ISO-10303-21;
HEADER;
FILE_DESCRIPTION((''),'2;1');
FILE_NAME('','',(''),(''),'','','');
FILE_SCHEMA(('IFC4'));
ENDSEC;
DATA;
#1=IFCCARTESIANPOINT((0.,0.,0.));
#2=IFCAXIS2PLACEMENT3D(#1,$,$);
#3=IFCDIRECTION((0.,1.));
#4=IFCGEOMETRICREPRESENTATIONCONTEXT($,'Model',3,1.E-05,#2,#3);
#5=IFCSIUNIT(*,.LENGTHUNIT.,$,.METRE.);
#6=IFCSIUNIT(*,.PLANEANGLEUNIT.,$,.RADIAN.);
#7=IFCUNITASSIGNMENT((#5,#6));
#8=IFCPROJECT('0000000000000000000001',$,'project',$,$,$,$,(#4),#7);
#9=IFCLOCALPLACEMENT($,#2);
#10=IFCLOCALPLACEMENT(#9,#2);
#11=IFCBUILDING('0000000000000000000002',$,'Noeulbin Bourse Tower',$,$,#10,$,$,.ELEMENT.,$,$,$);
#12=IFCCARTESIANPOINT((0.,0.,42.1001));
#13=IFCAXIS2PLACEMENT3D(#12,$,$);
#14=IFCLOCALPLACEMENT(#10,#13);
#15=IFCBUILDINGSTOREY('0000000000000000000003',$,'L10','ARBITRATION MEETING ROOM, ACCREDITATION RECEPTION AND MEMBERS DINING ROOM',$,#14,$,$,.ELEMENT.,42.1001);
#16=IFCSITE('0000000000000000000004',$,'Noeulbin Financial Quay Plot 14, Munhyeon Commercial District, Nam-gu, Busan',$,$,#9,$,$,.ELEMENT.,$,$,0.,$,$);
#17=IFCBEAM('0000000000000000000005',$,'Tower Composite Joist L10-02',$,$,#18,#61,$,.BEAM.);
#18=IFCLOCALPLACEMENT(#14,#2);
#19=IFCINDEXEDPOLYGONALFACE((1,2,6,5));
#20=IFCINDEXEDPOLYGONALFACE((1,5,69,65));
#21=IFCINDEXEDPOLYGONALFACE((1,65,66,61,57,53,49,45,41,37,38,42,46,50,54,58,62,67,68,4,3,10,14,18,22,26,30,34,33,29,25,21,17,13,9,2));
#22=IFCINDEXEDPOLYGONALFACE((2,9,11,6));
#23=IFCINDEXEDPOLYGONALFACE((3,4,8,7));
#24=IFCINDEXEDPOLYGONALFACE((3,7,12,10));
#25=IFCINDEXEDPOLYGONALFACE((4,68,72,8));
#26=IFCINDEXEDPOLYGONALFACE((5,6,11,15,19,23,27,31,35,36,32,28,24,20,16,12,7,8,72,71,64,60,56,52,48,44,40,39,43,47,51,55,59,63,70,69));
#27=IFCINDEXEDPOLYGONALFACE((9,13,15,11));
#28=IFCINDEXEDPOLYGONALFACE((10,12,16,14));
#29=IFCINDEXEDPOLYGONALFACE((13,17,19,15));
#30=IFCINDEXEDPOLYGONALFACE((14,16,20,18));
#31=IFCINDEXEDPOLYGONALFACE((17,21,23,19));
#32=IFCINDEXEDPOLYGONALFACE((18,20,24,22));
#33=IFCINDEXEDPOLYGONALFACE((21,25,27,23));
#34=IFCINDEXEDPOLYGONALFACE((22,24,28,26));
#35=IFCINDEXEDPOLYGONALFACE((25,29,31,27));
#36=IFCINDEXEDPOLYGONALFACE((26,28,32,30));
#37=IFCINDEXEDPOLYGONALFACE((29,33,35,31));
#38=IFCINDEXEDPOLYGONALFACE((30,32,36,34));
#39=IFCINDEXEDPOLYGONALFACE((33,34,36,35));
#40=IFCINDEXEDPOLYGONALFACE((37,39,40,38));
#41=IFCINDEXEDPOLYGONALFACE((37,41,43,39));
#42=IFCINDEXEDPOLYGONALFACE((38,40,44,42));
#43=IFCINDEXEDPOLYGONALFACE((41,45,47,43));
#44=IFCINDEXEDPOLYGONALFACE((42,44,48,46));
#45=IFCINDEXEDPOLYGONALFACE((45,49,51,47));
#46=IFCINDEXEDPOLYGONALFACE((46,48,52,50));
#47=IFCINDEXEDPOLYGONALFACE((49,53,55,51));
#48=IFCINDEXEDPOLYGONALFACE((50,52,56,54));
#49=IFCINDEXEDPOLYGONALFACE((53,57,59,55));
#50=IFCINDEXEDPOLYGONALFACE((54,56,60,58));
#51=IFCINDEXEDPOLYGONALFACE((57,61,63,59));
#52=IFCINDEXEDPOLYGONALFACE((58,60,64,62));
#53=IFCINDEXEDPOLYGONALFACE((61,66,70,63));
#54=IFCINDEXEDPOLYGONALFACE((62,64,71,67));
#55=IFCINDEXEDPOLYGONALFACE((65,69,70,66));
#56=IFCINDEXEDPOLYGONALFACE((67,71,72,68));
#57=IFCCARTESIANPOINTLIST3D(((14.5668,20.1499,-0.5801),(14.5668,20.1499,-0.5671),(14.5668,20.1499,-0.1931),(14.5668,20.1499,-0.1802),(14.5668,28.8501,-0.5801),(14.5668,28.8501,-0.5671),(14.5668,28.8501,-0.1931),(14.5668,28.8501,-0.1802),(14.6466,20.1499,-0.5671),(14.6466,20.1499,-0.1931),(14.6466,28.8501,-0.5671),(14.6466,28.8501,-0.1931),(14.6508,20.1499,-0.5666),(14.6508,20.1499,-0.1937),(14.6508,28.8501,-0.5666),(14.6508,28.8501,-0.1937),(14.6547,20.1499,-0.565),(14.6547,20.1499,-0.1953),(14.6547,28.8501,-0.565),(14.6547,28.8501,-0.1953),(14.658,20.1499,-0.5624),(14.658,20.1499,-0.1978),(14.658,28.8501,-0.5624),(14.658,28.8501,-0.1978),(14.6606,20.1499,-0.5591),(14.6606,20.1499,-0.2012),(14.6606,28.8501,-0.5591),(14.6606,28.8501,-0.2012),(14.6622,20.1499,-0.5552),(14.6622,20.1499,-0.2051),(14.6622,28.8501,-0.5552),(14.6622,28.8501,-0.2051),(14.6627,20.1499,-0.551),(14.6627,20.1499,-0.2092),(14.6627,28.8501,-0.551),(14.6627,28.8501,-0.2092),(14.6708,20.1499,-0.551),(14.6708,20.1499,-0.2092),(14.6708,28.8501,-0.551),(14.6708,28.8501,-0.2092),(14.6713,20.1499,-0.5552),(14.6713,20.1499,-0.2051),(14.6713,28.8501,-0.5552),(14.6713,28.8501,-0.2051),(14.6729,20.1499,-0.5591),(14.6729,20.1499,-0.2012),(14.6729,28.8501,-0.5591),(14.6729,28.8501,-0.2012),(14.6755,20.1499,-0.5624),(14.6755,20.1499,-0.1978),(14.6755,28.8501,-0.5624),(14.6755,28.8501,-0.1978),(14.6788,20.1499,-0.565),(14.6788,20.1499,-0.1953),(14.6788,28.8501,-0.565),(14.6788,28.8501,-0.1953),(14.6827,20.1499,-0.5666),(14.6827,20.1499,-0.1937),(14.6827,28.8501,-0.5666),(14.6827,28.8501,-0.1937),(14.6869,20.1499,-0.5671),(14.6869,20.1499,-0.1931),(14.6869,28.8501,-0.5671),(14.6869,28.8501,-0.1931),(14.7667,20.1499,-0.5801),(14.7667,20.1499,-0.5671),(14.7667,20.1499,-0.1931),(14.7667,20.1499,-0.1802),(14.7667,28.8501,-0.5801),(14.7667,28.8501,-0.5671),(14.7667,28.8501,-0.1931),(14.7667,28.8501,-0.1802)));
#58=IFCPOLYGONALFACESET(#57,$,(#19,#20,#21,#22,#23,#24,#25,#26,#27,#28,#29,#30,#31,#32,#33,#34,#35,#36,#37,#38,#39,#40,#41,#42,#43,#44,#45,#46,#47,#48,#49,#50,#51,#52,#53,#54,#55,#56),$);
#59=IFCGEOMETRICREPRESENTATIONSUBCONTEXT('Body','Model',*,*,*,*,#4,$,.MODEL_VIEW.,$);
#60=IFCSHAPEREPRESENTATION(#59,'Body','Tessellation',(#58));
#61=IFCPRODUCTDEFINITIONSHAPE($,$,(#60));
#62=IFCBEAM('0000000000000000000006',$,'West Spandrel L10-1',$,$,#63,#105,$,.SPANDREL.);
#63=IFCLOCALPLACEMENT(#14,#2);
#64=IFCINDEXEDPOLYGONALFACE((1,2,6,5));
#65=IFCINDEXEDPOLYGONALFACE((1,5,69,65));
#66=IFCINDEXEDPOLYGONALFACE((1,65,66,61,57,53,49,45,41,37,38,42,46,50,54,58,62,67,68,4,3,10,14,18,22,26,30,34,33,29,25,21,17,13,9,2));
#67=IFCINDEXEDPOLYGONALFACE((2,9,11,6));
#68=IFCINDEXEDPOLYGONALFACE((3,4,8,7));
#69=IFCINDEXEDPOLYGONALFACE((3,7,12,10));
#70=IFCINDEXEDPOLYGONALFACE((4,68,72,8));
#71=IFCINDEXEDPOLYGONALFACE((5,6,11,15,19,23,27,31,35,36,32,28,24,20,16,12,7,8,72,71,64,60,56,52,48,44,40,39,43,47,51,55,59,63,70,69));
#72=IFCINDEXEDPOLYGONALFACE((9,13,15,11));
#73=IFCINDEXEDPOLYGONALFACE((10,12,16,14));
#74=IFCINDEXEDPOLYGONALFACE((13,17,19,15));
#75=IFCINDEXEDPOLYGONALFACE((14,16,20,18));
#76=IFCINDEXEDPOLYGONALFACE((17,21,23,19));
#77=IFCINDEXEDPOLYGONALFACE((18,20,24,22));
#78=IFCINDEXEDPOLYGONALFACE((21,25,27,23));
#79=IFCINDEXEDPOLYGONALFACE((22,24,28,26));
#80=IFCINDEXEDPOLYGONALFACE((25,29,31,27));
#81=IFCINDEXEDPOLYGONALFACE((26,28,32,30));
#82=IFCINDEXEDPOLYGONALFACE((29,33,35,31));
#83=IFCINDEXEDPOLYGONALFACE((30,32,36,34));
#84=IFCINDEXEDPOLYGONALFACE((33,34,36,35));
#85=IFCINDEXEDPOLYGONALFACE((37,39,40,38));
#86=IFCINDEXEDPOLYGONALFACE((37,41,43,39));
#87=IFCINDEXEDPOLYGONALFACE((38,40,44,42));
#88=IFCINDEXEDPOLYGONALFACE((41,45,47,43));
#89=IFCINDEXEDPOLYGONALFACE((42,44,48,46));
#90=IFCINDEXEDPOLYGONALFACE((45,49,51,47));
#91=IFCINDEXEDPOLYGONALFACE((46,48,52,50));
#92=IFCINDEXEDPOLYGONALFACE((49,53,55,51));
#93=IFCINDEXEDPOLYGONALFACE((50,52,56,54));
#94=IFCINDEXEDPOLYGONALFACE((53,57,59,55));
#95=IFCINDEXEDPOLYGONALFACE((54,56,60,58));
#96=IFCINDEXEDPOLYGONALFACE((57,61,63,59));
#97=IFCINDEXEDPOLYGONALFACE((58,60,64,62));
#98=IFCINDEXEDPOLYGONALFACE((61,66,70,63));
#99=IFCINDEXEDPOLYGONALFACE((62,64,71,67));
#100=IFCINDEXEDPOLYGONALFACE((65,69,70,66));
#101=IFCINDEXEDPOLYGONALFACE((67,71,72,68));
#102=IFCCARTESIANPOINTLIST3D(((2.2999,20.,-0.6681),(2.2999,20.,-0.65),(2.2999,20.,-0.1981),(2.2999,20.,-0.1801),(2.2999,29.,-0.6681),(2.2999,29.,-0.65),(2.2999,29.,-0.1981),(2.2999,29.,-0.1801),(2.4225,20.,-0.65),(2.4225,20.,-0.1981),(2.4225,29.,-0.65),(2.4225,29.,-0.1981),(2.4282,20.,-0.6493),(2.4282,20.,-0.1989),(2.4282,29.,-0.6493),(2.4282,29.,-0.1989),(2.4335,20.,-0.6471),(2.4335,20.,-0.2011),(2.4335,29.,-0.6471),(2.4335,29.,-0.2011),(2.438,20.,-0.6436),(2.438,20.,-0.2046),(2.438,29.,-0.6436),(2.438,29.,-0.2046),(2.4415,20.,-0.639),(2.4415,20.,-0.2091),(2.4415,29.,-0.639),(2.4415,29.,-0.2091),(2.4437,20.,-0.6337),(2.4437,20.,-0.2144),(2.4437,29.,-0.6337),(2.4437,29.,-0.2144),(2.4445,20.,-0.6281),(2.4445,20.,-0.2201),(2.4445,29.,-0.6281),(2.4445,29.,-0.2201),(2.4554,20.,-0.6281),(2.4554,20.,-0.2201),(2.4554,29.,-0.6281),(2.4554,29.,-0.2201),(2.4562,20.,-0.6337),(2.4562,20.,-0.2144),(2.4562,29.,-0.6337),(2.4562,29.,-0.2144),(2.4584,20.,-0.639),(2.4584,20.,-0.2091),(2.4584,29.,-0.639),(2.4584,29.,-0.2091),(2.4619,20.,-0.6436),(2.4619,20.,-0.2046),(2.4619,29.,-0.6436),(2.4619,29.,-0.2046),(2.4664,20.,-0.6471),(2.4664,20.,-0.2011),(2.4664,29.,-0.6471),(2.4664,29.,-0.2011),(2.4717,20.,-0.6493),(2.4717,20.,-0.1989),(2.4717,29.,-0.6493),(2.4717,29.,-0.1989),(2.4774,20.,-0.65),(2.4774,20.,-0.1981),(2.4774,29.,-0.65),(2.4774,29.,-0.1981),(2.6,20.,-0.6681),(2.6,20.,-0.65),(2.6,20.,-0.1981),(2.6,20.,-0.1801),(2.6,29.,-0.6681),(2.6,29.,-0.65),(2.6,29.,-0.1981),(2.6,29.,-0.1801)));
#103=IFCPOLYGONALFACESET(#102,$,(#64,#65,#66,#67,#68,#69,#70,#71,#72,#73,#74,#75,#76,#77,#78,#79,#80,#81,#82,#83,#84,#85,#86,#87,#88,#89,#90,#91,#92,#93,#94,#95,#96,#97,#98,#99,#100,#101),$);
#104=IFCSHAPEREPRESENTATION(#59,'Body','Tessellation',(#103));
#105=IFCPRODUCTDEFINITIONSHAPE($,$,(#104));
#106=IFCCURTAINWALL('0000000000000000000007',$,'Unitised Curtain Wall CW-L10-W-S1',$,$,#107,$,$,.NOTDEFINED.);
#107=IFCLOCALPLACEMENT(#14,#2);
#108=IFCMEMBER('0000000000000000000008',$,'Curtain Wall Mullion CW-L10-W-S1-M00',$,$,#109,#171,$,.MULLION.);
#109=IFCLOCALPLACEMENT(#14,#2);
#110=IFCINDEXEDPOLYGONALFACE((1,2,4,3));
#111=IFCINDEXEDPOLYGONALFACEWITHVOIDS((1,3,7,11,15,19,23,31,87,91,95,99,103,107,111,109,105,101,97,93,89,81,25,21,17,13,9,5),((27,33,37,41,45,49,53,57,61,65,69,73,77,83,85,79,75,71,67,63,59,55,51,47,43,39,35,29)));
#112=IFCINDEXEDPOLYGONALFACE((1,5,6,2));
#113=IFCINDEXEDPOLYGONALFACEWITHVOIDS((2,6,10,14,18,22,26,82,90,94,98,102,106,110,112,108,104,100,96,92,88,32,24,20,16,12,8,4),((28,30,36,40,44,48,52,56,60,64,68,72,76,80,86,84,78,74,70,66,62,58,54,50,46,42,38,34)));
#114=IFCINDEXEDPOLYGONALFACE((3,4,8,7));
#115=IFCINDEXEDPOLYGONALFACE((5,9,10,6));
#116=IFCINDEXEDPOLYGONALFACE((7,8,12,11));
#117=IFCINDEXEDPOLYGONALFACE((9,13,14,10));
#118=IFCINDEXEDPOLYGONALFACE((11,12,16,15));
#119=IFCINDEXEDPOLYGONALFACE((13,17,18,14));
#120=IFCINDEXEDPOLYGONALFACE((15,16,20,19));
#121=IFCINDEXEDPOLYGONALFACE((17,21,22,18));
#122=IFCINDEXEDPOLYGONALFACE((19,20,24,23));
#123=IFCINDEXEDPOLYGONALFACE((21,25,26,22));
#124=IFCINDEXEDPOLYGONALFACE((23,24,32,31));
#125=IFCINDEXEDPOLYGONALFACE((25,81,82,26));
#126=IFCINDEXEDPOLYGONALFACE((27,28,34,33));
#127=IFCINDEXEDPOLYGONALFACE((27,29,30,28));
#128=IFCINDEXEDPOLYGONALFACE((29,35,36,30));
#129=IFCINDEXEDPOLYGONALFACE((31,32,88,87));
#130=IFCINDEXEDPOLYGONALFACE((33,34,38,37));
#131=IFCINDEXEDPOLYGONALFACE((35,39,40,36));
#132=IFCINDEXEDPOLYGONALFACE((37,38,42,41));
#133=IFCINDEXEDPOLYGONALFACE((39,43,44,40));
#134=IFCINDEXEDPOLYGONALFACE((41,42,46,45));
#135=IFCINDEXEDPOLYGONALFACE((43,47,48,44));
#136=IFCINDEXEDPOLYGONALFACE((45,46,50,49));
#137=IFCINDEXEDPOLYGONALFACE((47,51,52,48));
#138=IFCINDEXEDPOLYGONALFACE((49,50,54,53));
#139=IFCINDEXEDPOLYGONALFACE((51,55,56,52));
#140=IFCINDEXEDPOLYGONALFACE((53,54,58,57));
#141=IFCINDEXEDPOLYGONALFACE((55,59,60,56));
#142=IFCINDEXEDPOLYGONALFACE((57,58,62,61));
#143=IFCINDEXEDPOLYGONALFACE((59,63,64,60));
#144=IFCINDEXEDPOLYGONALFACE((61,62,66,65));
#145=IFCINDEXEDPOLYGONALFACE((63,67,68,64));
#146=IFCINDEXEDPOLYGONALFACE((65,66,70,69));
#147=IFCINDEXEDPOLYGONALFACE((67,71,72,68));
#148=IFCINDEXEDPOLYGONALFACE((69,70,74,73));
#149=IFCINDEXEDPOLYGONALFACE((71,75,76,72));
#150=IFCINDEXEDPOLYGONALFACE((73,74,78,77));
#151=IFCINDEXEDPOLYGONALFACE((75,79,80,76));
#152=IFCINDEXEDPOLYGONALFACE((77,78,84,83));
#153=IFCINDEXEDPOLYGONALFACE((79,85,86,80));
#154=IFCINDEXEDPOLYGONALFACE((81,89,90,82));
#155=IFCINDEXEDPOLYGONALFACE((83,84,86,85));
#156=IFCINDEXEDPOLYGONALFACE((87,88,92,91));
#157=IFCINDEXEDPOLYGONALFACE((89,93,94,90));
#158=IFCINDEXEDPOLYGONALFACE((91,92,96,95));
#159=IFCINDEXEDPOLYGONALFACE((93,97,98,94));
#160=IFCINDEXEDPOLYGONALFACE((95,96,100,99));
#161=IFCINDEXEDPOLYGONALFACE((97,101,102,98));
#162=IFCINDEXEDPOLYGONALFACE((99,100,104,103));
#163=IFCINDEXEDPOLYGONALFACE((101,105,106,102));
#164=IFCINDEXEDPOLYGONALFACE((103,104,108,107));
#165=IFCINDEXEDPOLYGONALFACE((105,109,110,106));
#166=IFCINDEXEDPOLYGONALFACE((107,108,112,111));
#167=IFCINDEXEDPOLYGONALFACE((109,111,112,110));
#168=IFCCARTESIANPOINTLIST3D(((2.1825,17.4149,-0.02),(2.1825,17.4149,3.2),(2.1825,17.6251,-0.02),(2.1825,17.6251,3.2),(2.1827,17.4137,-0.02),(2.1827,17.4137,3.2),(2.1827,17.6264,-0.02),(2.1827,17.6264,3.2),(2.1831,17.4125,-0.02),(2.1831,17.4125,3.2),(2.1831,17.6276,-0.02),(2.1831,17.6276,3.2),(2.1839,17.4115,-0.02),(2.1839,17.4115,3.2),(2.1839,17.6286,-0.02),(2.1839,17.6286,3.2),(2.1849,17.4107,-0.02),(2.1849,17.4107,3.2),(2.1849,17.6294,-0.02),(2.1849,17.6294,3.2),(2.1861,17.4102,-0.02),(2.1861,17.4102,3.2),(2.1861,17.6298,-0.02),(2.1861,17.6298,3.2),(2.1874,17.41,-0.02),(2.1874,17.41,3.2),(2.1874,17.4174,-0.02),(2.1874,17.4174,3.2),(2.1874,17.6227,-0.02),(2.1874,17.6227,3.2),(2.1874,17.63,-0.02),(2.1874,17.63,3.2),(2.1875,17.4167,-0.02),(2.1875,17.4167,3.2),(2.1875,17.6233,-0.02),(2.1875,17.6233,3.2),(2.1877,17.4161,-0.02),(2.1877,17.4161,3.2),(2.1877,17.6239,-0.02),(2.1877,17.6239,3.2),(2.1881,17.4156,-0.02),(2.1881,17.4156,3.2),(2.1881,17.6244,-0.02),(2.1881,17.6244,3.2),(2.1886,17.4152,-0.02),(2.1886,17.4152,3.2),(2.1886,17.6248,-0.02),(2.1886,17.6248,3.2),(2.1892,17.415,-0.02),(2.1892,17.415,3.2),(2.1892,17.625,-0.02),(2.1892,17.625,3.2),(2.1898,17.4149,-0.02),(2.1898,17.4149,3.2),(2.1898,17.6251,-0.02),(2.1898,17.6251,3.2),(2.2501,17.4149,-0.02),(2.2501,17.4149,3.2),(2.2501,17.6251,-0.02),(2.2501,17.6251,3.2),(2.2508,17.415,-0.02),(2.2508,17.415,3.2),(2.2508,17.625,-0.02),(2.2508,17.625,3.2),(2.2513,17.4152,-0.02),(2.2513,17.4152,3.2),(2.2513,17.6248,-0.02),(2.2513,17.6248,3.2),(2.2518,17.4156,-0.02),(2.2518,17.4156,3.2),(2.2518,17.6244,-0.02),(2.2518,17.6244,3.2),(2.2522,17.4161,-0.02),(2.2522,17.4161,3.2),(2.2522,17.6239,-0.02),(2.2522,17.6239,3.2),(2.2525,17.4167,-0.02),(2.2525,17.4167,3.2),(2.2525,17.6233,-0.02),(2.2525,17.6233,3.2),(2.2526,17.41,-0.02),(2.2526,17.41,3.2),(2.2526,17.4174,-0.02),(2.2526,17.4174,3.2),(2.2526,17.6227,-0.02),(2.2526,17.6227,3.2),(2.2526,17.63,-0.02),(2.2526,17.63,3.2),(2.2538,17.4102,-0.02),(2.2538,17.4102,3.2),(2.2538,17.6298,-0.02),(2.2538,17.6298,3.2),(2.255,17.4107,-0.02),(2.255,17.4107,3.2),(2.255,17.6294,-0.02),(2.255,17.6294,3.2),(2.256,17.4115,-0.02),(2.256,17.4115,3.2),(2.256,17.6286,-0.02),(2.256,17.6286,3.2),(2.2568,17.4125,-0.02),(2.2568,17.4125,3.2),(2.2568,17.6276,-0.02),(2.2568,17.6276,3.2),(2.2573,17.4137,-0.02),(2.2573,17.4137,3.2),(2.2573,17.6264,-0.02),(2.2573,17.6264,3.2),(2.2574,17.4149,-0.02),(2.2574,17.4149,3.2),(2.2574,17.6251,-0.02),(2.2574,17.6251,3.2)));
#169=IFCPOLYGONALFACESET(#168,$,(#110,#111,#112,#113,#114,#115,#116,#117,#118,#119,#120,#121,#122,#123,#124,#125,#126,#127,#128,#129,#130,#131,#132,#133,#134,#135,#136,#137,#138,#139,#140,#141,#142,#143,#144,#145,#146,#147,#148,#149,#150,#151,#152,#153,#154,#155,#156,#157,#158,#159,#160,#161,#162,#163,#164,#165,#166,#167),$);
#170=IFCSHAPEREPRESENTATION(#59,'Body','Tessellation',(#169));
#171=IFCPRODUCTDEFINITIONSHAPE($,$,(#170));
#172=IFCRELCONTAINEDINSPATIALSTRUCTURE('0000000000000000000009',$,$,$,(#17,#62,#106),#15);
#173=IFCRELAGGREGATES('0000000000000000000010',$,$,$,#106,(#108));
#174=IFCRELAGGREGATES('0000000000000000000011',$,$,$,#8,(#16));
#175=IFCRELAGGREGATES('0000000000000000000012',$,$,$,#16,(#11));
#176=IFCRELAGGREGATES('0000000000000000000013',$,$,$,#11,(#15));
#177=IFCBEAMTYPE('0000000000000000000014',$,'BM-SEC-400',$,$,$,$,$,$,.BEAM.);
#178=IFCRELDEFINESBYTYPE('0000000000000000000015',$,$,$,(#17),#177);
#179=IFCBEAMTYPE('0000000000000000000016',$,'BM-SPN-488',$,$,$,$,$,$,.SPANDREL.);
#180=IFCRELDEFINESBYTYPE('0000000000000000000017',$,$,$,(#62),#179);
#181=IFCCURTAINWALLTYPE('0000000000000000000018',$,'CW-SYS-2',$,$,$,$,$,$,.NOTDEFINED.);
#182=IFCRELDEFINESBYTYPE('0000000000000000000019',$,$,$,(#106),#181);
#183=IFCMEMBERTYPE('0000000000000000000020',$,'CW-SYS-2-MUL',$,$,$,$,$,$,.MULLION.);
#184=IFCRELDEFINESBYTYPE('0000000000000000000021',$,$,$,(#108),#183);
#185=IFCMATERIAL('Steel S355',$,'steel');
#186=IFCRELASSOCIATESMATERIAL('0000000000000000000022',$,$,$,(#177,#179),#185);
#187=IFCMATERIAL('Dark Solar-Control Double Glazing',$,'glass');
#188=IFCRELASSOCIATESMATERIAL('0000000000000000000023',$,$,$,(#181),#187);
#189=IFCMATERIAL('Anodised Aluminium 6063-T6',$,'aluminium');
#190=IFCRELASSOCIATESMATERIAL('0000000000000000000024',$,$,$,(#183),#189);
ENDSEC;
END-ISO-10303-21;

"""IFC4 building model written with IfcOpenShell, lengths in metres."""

from ifc_helpers import new_model, si_unit, direction, frame, origin, origin_2d, place, context, subcontext, project, spatial, hollow_rectangle, i_section, extrude, material, material_profile, profile_set, type_object, element, aggregate, save


model = new_model("IFC4")

# Units and contexts
model_context = context("Model", 3, precision=1e-05, world=origin(), true_north=direction((0.0, 1.0)))
body_context = subcontext(model_context, "Body", "Model", "MODEL_VIEW")
ifc_project = project(units=[si_unit("LENGTHUNIT", "METRE"), si_unit("PLANEANGLEUNIT", "RADIAN")], contexts=[model_context])

# Site, building, storey
site_placement = place(None, origin())
site = spatial("IfcSite", under=ifc_project, at=site_placement, Name="Noeulbin Financial Quay Plot 14, Munhyeon Commercial District, Nam-gu, Busan", CompositionType="ELEMENT", RefElevation=0.0)
building_placement = place(site_placement, origin())
building = spatial("IfcBuilding", under=site, at=building_placement, Name="Noeulbin Bourse Tower", CompositionType="ELEMENT")
storey_placement = place(building_placement, frame((0.0, 0.0, 42.1001)))
storey = spatial("IfcBuildingStorey", under=building, at=storey_placement, Name="L10", Description="ARBITRATION MEETING ROOM, ACCREDITATION RECEPTION AND MEMBERS DINING ROOM", CompositionType="ELEMENT", Elevation=42.1001)

# Beams
ifc_material_1 = material(Name="Steel S355", Category="steel")
ifc_material_profile_1 = material_profile(ifc_material_1, i_section(OverallWidth=0.2, OverallDepth=0.3999, WebThickness=0.0081, FlangeThickness=0.0129, FilletRadius=0.0161, at=origin_2d()), Name="H-400x200x8x13", Category="LoadBearing")
ifc_profile_set_1 = profile_set([ifc_material_profile_1], Name="Steel S355")
beam_type_1 = type_object("IfcBeamType", Name="BM-SEC-400", PredefinedType="BEAM", material=ifc_profile_set_1)
beam_1_placement = place(storey_placement, frame((14.6667, 20.1499, -0.3801), z_axis=(0.0, 1.0, 0.0), x_axis=(-1.0, 0.0, 0.0)))
element("IfcBeam", 1, at=beam_1_placement, inside=storey, type_object=beam_type_1, Name="Tower Composite Joist L10-02", PredefinedType="BEAM", context=body_context, shape_type="SweptSolid", body=[
    extrude(i_section(OverallWidth=0.2, OverallDepth=0.3999, WebThickness=0.0081, FlangeThickness=0.0129, FilletRadius=0.0161, at=origin_2d()), origin(), (0.0, 0.0, 1.0), 8.7002),
])
ifc_material_profile_2 = material_profile(ifc_material_1, i_section(OverallWidth=0.3, OverallDepth=0.488, WebThickness=0.011, FlangeThickness=0.0181, FilletRadius=0.022, at=origin_2d()), Name="H-488x300x11x18", Category="LoadBearing")
ifc_profile_set_2 = profile_set([ifc_material_profile_2], Name="Steel S355")
beam_type_2 = type_object("IfcBeamType", Name="BM-SPN-488", PredefinedType="SPANDREL", material=ifc_profile_set_2)
beam_2_placement = place(storey_placement, frame((2.45, 20.0, -0.4241), z_axis=(0.0, 1.0, 0.0), x_axis=(-1.0, 0.0, 0.0)))
element("IfcBeam", 2, at=beam_2_placement, inside=storey, type_object=beam_type_2, Name="West Spandrel L10-1", PredefinedType="SPANDREL", context=body_context, shape_type="SweptSolid", body=[
    extrude(i_section(OverallWidth=0.3, OverallDepth=0.488, WebThickness=0.011, FlangeThickness=0.0181, FilletRadius=0.022, at=origin_2d()), origin(), (0.0, 0.0, 1.0), 9.0),
])

# Curtain wall, member
ifc_material_2 = material(Name="Dark Solar-Control Double Glazing", Category="glass")
curtain_wall_type = type_object("IfcCurtainWallType", Name="CW-SYS-2", PredefinedType="NOTDEFINED", material=ifc_material_2)
curtain_wall_1_placement = place(storey_placement, origin())
curtain_wall_1 = element("IfcCurtainWall", 3, at=curtain_wall_1_placement, inside=storey, type_object=curtain_wall_type, Name="Unitised Curtain Wall CW-L10-W-S1", PredefinedType="NOTDEFINED")
ifc_material_3 = material(Name="Anodised Aluminium 6063-T6", Category="aluminium")
ifc_material_profile_3 = material_profile(ifc_material_3, hollow_rectangle(XDim=0.075, YDim=0.22, WallThickness=0.0049, InnerFilletRadius=0.0024, OuterFilletRadius=0.0049, at=origin_2d()), Name="ALU-MULL-75x220x5", Category="LoadBearing")
ifc_profile_set_3 = profile_set([ifc_material_profile_3], Name="Anodised Aluminium 6063-T6")
member_type_1 = type_object("IfcMemberType", Name="CW-SYS-2-MUL", PredefinedType="MULLION", material=ifc_profile_set_3)
member_1_placement = place(storey_placement, frame((2.22, 17.52, -0.02), z_axis=(0.0, 0.0, 1.0), x_axis=(1.0, 0.0, 0.0)))
member_1 = element("IfcMember", 4, at=member_1_placement, type_object=member_type_1, Name="Curtain Wall Mullion CW-L10-W-S1-M00", PredefinedType="MULLION", context=body_context, shape_type="SweptSolid", body=[
    extrude(hollow_rectangle(XDim=0.075, YDim=0.22, WallThickness=0.0049, InnerFilletRadius=0.0024, OuterFilletRadius=0.0049, at=origin_2d()), origin(), (0.0, 0.0, 1.0), 3.22),
])

aggregate(curtain_wall_1, [member_1])

save(model, "model.ifc")
